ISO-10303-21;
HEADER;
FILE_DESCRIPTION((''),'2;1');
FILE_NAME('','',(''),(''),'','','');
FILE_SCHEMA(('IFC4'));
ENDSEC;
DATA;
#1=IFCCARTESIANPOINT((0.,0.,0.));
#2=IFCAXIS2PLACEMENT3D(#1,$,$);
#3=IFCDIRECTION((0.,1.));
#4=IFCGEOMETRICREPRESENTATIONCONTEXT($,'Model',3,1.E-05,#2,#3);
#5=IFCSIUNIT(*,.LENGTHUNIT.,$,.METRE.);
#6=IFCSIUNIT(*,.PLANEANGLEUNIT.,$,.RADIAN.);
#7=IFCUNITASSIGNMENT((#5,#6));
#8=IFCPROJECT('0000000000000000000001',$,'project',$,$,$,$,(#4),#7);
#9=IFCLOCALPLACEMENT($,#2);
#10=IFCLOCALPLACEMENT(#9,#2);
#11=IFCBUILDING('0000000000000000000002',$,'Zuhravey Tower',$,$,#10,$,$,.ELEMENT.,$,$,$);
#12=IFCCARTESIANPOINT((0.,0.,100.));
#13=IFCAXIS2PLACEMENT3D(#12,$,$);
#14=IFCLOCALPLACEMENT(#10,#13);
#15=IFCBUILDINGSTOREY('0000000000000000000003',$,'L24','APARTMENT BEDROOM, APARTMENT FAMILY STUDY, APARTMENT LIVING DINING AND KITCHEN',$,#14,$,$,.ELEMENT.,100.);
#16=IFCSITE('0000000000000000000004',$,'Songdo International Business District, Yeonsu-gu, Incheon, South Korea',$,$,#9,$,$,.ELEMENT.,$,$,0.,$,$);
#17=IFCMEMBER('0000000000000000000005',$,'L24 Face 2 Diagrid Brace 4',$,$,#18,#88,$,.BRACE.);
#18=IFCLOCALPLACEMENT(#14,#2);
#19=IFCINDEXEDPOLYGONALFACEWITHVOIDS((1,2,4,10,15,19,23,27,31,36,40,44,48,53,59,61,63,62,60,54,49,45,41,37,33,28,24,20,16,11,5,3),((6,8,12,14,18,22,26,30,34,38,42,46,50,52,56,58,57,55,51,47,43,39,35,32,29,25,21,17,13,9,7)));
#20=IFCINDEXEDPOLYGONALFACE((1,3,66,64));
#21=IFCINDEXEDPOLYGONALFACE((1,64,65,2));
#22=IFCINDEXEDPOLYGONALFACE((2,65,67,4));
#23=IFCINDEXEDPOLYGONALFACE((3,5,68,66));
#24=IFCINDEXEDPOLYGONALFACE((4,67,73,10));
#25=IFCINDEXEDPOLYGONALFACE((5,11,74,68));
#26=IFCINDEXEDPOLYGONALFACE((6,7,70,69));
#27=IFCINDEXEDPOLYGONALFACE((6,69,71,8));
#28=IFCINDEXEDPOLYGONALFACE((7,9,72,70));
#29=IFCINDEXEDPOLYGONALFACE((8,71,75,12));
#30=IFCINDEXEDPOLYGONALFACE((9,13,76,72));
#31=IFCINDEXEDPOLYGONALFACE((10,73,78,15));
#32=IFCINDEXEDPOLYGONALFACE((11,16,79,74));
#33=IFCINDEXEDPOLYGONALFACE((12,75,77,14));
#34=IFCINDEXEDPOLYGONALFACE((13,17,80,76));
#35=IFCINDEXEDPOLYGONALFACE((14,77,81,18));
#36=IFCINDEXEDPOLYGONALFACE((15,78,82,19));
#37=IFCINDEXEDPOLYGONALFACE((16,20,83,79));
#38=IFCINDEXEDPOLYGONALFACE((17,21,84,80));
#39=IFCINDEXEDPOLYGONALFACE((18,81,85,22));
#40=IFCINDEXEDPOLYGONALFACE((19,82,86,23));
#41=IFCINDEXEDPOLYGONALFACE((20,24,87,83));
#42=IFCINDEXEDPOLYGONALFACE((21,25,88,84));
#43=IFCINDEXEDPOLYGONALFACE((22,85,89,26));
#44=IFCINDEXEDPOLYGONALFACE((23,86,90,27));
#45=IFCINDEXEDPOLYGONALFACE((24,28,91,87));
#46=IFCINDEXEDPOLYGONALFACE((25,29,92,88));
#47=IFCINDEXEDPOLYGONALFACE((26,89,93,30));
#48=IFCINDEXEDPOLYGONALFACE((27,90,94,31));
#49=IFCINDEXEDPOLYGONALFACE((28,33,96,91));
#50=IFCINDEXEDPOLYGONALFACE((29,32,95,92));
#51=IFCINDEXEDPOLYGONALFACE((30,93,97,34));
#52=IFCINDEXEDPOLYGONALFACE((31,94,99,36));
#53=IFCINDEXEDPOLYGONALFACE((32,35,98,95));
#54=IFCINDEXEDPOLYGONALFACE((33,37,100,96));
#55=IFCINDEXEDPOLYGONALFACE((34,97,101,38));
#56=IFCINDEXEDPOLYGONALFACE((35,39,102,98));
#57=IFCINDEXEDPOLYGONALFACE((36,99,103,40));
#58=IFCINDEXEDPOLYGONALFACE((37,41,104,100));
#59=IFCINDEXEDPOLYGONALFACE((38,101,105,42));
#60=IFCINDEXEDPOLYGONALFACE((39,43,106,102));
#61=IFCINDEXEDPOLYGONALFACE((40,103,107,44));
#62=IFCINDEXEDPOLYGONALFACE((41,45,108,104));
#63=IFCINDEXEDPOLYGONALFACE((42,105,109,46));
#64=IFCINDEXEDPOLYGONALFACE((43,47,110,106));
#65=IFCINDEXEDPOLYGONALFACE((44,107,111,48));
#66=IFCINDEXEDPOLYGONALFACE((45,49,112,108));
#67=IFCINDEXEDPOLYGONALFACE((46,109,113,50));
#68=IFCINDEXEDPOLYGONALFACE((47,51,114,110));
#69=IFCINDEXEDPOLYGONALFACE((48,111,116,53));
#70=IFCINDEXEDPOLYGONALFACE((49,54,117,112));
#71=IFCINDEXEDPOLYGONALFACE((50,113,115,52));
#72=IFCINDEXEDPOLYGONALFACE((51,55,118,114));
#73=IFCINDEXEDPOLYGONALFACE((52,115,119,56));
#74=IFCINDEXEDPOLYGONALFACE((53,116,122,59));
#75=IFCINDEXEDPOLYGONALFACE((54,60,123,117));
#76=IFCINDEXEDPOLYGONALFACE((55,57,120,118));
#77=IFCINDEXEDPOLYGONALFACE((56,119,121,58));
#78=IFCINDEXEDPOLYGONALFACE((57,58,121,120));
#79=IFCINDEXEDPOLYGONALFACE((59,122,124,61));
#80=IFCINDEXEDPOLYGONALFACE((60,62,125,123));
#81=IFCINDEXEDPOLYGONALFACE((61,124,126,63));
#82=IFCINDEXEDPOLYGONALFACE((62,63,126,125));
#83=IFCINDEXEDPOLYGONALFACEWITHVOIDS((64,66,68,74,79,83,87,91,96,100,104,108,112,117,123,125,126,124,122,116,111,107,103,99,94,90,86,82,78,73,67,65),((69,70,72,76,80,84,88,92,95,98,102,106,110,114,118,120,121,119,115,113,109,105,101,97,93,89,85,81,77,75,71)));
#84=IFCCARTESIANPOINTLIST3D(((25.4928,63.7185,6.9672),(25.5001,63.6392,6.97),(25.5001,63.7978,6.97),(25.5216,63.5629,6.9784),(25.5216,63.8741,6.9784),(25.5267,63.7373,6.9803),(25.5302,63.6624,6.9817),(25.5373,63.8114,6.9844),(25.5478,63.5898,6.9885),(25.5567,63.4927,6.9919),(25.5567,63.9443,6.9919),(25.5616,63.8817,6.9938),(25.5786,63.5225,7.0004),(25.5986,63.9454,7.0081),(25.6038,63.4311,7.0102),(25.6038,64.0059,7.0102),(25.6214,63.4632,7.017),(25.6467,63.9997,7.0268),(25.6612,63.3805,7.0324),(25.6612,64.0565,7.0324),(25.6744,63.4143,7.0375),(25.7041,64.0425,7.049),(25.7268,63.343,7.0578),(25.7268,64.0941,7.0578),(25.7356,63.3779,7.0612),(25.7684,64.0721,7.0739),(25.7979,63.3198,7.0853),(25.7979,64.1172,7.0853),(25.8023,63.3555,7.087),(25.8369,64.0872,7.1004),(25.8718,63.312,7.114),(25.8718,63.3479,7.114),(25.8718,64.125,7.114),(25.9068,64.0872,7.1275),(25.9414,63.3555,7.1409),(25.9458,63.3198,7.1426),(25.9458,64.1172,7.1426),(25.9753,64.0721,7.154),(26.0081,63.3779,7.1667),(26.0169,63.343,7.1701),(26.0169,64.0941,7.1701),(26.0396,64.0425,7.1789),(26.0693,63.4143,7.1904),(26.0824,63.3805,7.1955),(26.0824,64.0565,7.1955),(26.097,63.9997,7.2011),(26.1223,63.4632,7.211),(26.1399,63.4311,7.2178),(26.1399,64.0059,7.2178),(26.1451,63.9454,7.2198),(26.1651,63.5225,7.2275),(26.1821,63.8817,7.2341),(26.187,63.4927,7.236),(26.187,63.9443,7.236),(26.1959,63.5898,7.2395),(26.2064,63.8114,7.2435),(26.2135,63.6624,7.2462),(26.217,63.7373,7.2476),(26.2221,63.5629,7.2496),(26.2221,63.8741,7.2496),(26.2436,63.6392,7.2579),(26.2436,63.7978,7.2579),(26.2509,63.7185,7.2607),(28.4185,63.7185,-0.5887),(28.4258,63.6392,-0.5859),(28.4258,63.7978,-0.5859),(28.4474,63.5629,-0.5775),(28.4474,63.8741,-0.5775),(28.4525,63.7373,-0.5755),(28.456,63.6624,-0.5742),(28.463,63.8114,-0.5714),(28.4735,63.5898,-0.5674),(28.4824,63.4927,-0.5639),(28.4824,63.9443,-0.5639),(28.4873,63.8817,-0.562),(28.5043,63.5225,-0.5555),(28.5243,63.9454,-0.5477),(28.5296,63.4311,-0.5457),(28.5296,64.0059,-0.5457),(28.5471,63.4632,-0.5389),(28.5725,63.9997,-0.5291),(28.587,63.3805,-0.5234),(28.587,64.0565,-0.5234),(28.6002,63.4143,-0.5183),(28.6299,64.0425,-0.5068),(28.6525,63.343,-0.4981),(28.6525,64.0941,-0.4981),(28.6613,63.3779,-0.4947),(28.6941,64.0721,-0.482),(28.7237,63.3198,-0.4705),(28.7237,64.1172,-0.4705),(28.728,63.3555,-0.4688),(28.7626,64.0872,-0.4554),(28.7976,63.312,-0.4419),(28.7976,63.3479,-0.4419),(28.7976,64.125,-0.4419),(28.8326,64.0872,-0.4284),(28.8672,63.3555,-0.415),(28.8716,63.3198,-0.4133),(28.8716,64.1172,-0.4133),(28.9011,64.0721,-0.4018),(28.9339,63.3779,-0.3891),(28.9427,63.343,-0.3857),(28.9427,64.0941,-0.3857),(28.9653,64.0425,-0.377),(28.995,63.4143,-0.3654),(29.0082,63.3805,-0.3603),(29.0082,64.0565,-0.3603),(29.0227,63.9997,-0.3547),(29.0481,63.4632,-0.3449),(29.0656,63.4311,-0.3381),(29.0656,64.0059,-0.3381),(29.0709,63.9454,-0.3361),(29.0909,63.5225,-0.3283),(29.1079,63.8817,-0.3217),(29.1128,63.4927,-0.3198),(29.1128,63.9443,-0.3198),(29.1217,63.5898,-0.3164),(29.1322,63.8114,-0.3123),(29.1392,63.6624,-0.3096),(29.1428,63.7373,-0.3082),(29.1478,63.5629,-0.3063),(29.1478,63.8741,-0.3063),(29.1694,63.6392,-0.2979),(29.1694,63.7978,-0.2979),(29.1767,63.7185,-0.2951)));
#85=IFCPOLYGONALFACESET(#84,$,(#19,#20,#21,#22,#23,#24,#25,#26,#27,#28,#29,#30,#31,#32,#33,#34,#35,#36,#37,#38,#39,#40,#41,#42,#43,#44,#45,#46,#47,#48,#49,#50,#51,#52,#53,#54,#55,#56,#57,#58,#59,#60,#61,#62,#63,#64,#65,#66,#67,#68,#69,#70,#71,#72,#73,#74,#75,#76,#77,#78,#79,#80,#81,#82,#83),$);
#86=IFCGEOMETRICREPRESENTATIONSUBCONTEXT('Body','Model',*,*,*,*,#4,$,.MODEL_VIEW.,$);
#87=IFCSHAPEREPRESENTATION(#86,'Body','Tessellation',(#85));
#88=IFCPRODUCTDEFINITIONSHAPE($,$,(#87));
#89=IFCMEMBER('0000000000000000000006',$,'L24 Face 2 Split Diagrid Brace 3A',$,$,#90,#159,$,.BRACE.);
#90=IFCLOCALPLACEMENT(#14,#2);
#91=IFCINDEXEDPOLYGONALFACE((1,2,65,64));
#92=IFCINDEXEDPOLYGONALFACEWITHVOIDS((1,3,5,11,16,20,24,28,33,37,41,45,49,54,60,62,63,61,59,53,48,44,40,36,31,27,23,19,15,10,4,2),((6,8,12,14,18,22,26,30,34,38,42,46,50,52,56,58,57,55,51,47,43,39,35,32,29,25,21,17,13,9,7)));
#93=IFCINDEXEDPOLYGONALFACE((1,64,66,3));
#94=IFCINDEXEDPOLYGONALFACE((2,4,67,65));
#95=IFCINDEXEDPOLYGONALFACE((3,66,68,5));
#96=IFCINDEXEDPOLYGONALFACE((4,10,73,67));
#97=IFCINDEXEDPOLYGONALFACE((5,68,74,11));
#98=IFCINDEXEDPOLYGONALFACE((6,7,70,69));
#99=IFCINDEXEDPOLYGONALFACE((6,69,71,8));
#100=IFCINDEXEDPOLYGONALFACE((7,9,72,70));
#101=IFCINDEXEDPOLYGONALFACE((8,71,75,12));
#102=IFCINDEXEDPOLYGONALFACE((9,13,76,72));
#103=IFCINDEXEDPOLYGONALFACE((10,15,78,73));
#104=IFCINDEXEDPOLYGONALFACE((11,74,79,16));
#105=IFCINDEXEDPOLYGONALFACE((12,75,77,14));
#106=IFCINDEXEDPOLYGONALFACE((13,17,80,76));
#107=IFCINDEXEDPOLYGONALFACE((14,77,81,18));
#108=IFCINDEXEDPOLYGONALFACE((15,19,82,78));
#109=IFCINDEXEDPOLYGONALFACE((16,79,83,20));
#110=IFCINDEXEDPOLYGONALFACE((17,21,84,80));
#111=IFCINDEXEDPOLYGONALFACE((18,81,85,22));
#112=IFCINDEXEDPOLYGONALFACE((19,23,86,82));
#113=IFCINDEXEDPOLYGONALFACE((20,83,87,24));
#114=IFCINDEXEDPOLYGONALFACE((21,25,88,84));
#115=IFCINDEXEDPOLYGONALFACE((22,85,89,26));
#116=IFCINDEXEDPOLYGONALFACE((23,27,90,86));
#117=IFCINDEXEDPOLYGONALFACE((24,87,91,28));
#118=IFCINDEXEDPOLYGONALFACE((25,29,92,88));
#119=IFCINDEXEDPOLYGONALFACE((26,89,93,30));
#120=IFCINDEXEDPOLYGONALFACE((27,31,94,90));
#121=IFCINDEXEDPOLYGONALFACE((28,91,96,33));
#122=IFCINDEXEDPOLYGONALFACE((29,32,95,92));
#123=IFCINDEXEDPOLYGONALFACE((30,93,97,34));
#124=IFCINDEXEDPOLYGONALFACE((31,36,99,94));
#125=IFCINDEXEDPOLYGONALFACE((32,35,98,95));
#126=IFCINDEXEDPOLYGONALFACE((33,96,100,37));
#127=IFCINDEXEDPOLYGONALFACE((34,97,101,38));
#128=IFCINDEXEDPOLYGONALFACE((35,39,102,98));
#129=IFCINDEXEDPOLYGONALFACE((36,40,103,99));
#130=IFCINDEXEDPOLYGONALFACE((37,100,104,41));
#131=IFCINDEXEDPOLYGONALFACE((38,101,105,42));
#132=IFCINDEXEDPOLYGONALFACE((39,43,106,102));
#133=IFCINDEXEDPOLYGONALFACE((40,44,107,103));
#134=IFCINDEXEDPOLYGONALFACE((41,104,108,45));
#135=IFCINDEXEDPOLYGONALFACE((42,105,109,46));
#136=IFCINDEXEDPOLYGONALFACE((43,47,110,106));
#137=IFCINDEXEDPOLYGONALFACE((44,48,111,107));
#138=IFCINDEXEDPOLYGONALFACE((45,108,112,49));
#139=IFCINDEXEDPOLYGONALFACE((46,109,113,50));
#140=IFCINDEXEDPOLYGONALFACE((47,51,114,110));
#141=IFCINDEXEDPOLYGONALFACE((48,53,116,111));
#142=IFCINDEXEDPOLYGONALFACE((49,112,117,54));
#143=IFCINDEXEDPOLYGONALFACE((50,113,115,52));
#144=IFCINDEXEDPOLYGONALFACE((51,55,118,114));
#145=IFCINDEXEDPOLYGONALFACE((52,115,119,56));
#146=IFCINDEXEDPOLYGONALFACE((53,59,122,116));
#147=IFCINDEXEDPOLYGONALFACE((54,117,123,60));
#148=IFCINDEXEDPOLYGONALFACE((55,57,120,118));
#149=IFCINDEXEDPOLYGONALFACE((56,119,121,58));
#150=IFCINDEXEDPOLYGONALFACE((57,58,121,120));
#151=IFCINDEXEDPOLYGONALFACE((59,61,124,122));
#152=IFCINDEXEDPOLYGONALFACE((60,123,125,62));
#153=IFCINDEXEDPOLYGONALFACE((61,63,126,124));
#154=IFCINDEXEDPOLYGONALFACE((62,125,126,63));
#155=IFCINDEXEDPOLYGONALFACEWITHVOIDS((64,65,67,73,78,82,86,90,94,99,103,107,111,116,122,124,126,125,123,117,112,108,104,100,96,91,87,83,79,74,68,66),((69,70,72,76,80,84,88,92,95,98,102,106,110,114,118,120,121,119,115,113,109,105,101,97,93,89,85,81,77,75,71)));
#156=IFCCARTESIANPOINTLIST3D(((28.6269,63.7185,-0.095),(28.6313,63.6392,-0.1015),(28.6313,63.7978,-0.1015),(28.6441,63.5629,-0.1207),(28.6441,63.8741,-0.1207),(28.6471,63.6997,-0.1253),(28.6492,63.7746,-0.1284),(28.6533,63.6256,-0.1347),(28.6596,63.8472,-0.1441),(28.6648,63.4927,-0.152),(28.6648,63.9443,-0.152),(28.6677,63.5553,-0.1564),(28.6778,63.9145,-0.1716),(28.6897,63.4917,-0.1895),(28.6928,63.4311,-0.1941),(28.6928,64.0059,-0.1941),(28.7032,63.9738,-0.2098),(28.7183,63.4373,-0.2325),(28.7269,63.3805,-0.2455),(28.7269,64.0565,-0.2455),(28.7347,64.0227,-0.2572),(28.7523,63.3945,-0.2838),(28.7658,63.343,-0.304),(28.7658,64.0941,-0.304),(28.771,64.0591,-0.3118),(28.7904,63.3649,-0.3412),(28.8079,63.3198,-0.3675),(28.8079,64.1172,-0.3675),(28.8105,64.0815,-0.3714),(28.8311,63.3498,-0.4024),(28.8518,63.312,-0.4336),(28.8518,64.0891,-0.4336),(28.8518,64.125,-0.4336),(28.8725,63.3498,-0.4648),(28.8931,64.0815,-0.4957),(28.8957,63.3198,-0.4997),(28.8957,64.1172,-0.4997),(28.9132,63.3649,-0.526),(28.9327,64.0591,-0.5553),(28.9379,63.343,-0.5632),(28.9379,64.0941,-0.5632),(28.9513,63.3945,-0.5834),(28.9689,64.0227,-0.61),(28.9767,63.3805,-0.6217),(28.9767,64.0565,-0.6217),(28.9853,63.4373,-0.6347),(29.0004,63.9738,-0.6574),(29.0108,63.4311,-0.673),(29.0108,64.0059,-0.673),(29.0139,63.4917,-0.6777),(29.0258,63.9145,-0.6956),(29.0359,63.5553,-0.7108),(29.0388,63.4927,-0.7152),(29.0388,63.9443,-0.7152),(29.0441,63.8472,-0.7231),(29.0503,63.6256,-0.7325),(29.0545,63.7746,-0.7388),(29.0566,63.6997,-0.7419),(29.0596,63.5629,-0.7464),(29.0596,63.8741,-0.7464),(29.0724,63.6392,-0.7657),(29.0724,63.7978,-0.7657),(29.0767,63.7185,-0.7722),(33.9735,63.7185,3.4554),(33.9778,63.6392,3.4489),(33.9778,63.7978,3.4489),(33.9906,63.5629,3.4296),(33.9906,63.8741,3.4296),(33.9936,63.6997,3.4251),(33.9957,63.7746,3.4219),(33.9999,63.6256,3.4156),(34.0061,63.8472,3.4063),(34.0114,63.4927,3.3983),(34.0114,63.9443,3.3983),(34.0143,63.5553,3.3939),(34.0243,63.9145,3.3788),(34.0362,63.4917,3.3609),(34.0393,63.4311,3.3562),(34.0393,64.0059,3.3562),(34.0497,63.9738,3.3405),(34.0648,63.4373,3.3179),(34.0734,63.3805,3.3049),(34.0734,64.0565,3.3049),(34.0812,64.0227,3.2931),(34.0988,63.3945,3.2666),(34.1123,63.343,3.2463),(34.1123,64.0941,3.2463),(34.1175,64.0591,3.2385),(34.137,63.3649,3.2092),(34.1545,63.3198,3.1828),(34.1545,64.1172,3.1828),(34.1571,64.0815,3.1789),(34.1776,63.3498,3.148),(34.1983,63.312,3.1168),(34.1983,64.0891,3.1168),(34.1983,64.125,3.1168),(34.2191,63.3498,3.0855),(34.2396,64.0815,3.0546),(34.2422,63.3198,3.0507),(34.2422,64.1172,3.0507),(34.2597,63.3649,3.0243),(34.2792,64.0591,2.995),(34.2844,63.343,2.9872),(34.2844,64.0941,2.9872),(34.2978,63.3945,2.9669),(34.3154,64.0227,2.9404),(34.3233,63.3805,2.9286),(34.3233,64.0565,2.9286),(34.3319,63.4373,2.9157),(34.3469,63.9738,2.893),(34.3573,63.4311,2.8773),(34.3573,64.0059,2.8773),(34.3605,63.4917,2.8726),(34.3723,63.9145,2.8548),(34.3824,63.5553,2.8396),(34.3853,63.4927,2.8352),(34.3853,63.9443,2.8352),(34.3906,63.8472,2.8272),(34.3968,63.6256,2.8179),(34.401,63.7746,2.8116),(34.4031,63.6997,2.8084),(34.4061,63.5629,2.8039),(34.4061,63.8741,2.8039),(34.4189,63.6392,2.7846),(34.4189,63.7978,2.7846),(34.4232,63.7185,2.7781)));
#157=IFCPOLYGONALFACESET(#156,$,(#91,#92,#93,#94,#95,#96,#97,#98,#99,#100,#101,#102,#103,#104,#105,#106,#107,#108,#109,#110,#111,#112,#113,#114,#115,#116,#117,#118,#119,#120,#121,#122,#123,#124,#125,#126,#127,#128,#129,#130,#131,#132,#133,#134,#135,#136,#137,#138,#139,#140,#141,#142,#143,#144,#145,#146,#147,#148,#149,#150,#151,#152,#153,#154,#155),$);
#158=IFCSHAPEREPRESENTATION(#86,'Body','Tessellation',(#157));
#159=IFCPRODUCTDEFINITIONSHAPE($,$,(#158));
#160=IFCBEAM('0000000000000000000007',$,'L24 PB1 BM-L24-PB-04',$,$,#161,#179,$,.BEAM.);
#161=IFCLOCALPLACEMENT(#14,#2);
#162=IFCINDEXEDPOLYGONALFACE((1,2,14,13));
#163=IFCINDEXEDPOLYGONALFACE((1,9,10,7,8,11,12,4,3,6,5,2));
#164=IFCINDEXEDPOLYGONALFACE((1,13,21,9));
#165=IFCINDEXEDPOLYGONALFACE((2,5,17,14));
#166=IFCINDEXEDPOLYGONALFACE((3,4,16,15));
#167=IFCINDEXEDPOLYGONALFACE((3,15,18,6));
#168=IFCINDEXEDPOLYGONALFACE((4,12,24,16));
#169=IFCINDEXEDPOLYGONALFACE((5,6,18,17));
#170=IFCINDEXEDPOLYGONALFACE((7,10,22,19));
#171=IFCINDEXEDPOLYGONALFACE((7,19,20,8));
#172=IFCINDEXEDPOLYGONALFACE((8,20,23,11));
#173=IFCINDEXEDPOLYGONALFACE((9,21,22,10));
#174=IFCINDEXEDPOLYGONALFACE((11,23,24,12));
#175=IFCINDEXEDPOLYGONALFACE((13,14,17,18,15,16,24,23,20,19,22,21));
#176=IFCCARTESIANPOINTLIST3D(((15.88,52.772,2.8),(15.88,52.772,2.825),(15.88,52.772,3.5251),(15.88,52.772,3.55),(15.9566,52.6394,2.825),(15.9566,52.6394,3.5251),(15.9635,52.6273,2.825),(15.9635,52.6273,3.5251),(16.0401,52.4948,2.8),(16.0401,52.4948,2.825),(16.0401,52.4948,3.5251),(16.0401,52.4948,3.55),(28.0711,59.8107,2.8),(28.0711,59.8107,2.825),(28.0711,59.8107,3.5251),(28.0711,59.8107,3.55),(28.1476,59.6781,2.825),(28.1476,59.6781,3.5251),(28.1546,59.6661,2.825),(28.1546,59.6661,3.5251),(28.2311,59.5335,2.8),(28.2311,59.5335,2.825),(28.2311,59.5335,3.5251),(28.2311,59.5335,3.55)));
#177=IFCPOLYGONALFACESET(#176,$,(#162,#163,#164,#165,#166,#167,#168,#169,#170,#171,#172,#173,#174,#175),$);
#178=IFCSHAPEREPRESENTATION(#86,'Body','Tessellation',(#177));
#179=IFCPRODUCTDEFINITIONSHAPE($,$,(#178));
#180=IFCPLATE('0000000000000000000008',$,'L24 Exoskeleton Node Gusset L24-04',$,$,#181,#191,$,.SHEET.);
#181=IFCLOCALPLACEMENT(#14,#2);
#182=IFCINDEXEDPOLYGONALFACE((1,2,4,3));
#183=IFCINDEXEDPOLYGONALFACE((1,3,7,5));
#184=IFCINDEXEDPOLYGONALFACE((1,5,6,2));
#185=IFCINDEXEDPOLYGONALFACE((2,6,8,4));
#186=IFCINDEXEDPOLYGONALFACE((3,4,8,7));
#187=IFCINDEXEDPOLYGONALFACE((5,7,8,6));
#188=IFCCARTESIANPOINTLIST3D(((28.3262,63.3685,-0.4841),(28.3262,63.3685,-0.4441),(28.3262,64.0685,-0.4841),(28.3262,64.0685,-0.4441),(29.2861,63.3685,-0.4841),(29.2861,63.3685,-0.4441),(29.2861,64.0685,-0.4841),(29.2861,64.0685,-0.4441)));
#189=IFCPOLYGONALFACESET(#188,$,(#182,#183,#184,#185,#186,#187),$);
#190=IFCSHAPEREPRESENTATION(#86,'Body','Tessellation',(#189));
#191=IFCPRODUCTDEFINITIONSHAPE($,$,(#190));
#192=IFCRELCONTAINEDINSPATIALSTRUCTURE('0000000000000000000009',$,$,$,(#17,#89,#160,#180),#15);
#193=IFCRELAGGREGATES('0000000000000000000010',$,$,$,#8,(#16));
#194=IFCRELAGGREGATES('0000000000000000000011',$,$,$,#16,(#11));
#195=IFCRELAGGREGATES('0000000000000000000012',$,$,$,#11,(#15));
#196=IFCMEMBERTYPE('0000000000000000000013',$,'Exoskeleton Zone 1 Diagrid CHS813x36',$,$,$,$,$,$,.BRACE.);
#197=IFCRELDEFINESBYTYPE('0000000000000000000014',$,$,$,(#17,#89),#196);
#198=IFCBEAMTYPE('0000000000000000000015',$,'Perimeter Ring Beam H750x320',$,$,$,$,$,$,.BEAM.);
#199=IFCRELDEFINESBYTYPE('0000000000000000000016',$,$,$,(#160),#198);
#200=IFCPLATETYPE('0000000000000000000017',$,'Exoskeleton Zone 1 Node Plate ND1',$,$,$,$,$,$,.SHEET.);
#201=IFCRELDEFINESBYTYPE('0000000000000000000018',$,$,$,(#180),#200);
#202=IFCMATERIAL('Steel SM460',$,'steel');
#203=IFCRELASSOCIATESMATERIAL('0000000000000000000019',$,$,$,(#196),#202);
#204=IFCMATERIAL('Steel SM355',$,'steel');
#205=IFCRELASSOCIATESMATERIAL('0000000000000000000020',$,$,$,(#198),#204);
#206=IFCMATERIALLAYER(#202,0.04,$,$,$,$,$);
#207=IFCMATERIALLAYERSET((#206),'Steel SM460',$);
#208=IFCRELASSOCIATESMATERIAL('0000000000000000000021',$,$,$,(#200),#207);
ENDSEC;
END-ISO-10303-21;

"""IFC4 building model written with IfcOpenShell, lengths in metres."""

from ifc_helpers import new_model, si_unit, direction, frame, origin, origin_2d, place, context, subcontext, project, spatial, rectangle, hollow_circle, i_section, extrude, material, layer, layer_set, material_profile, profile_set, type_object, element, save


model = new_model("IFC4")

# Units and contexts
model_context = context("Model", 3, precision=1e-05, world=origin(), true_north=direction((0.0, 1.0)))
body_context = subcontext(model_context, "Body", "Model", "MODEL_VIEW")
ifc_project = project(units=[si_unit("LENGTHUNIT", "METRE"), si_unit("PLANEANGLEUNIT", "RADIAN")], contexts=[model_context])

# Site, building, storey
site_placement = place(None, origin())
site = spatial("IfcSite", under=ifc_project, at=site_placement, Name="Songdo International Business District, Yeonsu-gu, Incheon, South Korea", CompositionType="ELEMENT", RefElevation=0.0)
building_placement = place(site_placement, origin())
building = spatial("IfcBuilding", under=site, at=building_placement, Name="Zuhravey Tower", CompositionType="ELEMENT")
storey_placement = place(building_placement, frame((0.0, 0.0, 100.0)))
storey = spatial("IfcBuildingStorey", under=building, at=storey_placement, Name="L24", Description="APARTMENT BEDROOM, APARTMENT FAMILY STUDY, APARTMENT LIVING DINING AND KITCHEN", CompositionType="ELEMENT", Elevation=100.0)

# Members
ifc_material_1 = material(Name="Steel SM460", Category="steel")
ifc_material_profile_1 = material_profile(ifc_material_1, hollow_circle(Radius=0.4065, WallThickness=0.0359, at=origin_2d()), Name="CHS-812.8x36")
ifc_profile_set_1 = profile_set([ifc_material_profile_1], Name="Steel SM460")
member_type_1 = type_object("IfcMemberType", Name="Exoskeleton Zone 1 Diagrid CHS813x36", PredefinedType="BRACE", material=ifc_profile_set_1)
member_1_placement = place(storey_placement, frame((28.7976, 63.7185, -0.4419), z_axis=(-0.361092, 0.0, 0.93253), x_axis=(0.0, -1.0, 0.0)))
element("IfcMember", 1, at=member_1_placement, inside=storey, type_object=member_type_1, Name="L24 Face 2 Diagrid Brace 4", PredefinedType="BRACE", context=body_context, shape_type="SweptSolid", body=[
    extrude(hollow_circle(Radius=0.4065, WallThickness=0.0359, at=origin_2d()), origin(), (0.0, 0.0, 1.0), 8.1025),
])
member_2_placement = place(storey_placement, frame((28.8518, 63.7185, -0.4336), z_axis=(0.833056, 0.0, 0.553189), x_axis=(0.0, 1.0, 0.0)))
element("IfcMember", 2, at=member_2_placement, inside=storey, type_object=member_type_1, Name="L24 Face 2 Split Diagrid Brace 3A", PredefinedType="BRACE", context=body_context, shape_type="SweptSolid", body=[
    extrude(hollow_circle(Radius=0.4065, WallThickness=0.0359, at=origin_2d()), origin(), (0.0, 0.0, 1.0), 6.418),
])

# Beam
ifc_material_2 = material(Name="Steel SM355", Category="steel")
ifc_material_profile_2 = material_profile(ifc_material_2, i_section(OverallWidth=0.3201, OverallDepth=0.75, WebThickness=0.0139, FlangeThickness=0.0249, at=origin_2d()), Name="H-750x320x14x25")
ifc_profile_set_2 = profile_set([ifc_material_profile_2], Name="Steel SM355")
beam_type = type_object("IfcBeamType", Name="Perimeter Ring Beam H750x320", PredefinedType="BEAM", material=ifc_profile_set_2)
beam_placement = place(storey_placement, frame((28.1511, 59.6721, 3.175), z_axis=(-0.866018, -0.500013, 0.0), x_axis=(0.500013, -0.866018, 0.0)))
element("IfcBeam", 3, at=beam_placement, inside=storey, type_object=beam_type, Name="L24 PB1 BM-L24-PB-04", PredefinedType="BEAM", context=body_context, shape_type="SweptSolid", body=[
    extrude(i_section(OverallWidth=0.3201, OverallDepth=0.75, WebThickness=0.0139, FlangeThickness=0.0249, at=origin_2d()), origin(), (0.0, 0.0, 1.0), 14.0771),
])

# Plate
ifc_layer_1 = layer(ifc_material_1, 0.04)
ifc_layer_set_1 = layer_set([ifc_layer_1], Name="Steel SM460")
plate_type_1 = type_object("IfcPlateType", Name="Exoskeleton Zone 1 Node Plate ND1", PredefinedType="SHEET", material=ifc_layer_set_1)
plate_1_placement = place(storey_placement, frame((28.8062, 63.7185, -0.4841), z_axis=(0.0, 0.0, 1.0), x_axis=(-1.0, 0.0, 0.0)))
element("IfcPlate", 4, at=plate_1_placement, inside=storey, type_object=plate_type_1, Name="L24 Exoskeleton Node Gusset L24-04", PredefinedType="SHEET", context=body_context, shape_type="SweptSolid", body=[
    extrude(rectangle(XDim=0.96, YDim=0.7, at=origin_2d()), origin(), (0.0, 0.0, 1.0), 0.04),
])

save(model, "model.ifc")
